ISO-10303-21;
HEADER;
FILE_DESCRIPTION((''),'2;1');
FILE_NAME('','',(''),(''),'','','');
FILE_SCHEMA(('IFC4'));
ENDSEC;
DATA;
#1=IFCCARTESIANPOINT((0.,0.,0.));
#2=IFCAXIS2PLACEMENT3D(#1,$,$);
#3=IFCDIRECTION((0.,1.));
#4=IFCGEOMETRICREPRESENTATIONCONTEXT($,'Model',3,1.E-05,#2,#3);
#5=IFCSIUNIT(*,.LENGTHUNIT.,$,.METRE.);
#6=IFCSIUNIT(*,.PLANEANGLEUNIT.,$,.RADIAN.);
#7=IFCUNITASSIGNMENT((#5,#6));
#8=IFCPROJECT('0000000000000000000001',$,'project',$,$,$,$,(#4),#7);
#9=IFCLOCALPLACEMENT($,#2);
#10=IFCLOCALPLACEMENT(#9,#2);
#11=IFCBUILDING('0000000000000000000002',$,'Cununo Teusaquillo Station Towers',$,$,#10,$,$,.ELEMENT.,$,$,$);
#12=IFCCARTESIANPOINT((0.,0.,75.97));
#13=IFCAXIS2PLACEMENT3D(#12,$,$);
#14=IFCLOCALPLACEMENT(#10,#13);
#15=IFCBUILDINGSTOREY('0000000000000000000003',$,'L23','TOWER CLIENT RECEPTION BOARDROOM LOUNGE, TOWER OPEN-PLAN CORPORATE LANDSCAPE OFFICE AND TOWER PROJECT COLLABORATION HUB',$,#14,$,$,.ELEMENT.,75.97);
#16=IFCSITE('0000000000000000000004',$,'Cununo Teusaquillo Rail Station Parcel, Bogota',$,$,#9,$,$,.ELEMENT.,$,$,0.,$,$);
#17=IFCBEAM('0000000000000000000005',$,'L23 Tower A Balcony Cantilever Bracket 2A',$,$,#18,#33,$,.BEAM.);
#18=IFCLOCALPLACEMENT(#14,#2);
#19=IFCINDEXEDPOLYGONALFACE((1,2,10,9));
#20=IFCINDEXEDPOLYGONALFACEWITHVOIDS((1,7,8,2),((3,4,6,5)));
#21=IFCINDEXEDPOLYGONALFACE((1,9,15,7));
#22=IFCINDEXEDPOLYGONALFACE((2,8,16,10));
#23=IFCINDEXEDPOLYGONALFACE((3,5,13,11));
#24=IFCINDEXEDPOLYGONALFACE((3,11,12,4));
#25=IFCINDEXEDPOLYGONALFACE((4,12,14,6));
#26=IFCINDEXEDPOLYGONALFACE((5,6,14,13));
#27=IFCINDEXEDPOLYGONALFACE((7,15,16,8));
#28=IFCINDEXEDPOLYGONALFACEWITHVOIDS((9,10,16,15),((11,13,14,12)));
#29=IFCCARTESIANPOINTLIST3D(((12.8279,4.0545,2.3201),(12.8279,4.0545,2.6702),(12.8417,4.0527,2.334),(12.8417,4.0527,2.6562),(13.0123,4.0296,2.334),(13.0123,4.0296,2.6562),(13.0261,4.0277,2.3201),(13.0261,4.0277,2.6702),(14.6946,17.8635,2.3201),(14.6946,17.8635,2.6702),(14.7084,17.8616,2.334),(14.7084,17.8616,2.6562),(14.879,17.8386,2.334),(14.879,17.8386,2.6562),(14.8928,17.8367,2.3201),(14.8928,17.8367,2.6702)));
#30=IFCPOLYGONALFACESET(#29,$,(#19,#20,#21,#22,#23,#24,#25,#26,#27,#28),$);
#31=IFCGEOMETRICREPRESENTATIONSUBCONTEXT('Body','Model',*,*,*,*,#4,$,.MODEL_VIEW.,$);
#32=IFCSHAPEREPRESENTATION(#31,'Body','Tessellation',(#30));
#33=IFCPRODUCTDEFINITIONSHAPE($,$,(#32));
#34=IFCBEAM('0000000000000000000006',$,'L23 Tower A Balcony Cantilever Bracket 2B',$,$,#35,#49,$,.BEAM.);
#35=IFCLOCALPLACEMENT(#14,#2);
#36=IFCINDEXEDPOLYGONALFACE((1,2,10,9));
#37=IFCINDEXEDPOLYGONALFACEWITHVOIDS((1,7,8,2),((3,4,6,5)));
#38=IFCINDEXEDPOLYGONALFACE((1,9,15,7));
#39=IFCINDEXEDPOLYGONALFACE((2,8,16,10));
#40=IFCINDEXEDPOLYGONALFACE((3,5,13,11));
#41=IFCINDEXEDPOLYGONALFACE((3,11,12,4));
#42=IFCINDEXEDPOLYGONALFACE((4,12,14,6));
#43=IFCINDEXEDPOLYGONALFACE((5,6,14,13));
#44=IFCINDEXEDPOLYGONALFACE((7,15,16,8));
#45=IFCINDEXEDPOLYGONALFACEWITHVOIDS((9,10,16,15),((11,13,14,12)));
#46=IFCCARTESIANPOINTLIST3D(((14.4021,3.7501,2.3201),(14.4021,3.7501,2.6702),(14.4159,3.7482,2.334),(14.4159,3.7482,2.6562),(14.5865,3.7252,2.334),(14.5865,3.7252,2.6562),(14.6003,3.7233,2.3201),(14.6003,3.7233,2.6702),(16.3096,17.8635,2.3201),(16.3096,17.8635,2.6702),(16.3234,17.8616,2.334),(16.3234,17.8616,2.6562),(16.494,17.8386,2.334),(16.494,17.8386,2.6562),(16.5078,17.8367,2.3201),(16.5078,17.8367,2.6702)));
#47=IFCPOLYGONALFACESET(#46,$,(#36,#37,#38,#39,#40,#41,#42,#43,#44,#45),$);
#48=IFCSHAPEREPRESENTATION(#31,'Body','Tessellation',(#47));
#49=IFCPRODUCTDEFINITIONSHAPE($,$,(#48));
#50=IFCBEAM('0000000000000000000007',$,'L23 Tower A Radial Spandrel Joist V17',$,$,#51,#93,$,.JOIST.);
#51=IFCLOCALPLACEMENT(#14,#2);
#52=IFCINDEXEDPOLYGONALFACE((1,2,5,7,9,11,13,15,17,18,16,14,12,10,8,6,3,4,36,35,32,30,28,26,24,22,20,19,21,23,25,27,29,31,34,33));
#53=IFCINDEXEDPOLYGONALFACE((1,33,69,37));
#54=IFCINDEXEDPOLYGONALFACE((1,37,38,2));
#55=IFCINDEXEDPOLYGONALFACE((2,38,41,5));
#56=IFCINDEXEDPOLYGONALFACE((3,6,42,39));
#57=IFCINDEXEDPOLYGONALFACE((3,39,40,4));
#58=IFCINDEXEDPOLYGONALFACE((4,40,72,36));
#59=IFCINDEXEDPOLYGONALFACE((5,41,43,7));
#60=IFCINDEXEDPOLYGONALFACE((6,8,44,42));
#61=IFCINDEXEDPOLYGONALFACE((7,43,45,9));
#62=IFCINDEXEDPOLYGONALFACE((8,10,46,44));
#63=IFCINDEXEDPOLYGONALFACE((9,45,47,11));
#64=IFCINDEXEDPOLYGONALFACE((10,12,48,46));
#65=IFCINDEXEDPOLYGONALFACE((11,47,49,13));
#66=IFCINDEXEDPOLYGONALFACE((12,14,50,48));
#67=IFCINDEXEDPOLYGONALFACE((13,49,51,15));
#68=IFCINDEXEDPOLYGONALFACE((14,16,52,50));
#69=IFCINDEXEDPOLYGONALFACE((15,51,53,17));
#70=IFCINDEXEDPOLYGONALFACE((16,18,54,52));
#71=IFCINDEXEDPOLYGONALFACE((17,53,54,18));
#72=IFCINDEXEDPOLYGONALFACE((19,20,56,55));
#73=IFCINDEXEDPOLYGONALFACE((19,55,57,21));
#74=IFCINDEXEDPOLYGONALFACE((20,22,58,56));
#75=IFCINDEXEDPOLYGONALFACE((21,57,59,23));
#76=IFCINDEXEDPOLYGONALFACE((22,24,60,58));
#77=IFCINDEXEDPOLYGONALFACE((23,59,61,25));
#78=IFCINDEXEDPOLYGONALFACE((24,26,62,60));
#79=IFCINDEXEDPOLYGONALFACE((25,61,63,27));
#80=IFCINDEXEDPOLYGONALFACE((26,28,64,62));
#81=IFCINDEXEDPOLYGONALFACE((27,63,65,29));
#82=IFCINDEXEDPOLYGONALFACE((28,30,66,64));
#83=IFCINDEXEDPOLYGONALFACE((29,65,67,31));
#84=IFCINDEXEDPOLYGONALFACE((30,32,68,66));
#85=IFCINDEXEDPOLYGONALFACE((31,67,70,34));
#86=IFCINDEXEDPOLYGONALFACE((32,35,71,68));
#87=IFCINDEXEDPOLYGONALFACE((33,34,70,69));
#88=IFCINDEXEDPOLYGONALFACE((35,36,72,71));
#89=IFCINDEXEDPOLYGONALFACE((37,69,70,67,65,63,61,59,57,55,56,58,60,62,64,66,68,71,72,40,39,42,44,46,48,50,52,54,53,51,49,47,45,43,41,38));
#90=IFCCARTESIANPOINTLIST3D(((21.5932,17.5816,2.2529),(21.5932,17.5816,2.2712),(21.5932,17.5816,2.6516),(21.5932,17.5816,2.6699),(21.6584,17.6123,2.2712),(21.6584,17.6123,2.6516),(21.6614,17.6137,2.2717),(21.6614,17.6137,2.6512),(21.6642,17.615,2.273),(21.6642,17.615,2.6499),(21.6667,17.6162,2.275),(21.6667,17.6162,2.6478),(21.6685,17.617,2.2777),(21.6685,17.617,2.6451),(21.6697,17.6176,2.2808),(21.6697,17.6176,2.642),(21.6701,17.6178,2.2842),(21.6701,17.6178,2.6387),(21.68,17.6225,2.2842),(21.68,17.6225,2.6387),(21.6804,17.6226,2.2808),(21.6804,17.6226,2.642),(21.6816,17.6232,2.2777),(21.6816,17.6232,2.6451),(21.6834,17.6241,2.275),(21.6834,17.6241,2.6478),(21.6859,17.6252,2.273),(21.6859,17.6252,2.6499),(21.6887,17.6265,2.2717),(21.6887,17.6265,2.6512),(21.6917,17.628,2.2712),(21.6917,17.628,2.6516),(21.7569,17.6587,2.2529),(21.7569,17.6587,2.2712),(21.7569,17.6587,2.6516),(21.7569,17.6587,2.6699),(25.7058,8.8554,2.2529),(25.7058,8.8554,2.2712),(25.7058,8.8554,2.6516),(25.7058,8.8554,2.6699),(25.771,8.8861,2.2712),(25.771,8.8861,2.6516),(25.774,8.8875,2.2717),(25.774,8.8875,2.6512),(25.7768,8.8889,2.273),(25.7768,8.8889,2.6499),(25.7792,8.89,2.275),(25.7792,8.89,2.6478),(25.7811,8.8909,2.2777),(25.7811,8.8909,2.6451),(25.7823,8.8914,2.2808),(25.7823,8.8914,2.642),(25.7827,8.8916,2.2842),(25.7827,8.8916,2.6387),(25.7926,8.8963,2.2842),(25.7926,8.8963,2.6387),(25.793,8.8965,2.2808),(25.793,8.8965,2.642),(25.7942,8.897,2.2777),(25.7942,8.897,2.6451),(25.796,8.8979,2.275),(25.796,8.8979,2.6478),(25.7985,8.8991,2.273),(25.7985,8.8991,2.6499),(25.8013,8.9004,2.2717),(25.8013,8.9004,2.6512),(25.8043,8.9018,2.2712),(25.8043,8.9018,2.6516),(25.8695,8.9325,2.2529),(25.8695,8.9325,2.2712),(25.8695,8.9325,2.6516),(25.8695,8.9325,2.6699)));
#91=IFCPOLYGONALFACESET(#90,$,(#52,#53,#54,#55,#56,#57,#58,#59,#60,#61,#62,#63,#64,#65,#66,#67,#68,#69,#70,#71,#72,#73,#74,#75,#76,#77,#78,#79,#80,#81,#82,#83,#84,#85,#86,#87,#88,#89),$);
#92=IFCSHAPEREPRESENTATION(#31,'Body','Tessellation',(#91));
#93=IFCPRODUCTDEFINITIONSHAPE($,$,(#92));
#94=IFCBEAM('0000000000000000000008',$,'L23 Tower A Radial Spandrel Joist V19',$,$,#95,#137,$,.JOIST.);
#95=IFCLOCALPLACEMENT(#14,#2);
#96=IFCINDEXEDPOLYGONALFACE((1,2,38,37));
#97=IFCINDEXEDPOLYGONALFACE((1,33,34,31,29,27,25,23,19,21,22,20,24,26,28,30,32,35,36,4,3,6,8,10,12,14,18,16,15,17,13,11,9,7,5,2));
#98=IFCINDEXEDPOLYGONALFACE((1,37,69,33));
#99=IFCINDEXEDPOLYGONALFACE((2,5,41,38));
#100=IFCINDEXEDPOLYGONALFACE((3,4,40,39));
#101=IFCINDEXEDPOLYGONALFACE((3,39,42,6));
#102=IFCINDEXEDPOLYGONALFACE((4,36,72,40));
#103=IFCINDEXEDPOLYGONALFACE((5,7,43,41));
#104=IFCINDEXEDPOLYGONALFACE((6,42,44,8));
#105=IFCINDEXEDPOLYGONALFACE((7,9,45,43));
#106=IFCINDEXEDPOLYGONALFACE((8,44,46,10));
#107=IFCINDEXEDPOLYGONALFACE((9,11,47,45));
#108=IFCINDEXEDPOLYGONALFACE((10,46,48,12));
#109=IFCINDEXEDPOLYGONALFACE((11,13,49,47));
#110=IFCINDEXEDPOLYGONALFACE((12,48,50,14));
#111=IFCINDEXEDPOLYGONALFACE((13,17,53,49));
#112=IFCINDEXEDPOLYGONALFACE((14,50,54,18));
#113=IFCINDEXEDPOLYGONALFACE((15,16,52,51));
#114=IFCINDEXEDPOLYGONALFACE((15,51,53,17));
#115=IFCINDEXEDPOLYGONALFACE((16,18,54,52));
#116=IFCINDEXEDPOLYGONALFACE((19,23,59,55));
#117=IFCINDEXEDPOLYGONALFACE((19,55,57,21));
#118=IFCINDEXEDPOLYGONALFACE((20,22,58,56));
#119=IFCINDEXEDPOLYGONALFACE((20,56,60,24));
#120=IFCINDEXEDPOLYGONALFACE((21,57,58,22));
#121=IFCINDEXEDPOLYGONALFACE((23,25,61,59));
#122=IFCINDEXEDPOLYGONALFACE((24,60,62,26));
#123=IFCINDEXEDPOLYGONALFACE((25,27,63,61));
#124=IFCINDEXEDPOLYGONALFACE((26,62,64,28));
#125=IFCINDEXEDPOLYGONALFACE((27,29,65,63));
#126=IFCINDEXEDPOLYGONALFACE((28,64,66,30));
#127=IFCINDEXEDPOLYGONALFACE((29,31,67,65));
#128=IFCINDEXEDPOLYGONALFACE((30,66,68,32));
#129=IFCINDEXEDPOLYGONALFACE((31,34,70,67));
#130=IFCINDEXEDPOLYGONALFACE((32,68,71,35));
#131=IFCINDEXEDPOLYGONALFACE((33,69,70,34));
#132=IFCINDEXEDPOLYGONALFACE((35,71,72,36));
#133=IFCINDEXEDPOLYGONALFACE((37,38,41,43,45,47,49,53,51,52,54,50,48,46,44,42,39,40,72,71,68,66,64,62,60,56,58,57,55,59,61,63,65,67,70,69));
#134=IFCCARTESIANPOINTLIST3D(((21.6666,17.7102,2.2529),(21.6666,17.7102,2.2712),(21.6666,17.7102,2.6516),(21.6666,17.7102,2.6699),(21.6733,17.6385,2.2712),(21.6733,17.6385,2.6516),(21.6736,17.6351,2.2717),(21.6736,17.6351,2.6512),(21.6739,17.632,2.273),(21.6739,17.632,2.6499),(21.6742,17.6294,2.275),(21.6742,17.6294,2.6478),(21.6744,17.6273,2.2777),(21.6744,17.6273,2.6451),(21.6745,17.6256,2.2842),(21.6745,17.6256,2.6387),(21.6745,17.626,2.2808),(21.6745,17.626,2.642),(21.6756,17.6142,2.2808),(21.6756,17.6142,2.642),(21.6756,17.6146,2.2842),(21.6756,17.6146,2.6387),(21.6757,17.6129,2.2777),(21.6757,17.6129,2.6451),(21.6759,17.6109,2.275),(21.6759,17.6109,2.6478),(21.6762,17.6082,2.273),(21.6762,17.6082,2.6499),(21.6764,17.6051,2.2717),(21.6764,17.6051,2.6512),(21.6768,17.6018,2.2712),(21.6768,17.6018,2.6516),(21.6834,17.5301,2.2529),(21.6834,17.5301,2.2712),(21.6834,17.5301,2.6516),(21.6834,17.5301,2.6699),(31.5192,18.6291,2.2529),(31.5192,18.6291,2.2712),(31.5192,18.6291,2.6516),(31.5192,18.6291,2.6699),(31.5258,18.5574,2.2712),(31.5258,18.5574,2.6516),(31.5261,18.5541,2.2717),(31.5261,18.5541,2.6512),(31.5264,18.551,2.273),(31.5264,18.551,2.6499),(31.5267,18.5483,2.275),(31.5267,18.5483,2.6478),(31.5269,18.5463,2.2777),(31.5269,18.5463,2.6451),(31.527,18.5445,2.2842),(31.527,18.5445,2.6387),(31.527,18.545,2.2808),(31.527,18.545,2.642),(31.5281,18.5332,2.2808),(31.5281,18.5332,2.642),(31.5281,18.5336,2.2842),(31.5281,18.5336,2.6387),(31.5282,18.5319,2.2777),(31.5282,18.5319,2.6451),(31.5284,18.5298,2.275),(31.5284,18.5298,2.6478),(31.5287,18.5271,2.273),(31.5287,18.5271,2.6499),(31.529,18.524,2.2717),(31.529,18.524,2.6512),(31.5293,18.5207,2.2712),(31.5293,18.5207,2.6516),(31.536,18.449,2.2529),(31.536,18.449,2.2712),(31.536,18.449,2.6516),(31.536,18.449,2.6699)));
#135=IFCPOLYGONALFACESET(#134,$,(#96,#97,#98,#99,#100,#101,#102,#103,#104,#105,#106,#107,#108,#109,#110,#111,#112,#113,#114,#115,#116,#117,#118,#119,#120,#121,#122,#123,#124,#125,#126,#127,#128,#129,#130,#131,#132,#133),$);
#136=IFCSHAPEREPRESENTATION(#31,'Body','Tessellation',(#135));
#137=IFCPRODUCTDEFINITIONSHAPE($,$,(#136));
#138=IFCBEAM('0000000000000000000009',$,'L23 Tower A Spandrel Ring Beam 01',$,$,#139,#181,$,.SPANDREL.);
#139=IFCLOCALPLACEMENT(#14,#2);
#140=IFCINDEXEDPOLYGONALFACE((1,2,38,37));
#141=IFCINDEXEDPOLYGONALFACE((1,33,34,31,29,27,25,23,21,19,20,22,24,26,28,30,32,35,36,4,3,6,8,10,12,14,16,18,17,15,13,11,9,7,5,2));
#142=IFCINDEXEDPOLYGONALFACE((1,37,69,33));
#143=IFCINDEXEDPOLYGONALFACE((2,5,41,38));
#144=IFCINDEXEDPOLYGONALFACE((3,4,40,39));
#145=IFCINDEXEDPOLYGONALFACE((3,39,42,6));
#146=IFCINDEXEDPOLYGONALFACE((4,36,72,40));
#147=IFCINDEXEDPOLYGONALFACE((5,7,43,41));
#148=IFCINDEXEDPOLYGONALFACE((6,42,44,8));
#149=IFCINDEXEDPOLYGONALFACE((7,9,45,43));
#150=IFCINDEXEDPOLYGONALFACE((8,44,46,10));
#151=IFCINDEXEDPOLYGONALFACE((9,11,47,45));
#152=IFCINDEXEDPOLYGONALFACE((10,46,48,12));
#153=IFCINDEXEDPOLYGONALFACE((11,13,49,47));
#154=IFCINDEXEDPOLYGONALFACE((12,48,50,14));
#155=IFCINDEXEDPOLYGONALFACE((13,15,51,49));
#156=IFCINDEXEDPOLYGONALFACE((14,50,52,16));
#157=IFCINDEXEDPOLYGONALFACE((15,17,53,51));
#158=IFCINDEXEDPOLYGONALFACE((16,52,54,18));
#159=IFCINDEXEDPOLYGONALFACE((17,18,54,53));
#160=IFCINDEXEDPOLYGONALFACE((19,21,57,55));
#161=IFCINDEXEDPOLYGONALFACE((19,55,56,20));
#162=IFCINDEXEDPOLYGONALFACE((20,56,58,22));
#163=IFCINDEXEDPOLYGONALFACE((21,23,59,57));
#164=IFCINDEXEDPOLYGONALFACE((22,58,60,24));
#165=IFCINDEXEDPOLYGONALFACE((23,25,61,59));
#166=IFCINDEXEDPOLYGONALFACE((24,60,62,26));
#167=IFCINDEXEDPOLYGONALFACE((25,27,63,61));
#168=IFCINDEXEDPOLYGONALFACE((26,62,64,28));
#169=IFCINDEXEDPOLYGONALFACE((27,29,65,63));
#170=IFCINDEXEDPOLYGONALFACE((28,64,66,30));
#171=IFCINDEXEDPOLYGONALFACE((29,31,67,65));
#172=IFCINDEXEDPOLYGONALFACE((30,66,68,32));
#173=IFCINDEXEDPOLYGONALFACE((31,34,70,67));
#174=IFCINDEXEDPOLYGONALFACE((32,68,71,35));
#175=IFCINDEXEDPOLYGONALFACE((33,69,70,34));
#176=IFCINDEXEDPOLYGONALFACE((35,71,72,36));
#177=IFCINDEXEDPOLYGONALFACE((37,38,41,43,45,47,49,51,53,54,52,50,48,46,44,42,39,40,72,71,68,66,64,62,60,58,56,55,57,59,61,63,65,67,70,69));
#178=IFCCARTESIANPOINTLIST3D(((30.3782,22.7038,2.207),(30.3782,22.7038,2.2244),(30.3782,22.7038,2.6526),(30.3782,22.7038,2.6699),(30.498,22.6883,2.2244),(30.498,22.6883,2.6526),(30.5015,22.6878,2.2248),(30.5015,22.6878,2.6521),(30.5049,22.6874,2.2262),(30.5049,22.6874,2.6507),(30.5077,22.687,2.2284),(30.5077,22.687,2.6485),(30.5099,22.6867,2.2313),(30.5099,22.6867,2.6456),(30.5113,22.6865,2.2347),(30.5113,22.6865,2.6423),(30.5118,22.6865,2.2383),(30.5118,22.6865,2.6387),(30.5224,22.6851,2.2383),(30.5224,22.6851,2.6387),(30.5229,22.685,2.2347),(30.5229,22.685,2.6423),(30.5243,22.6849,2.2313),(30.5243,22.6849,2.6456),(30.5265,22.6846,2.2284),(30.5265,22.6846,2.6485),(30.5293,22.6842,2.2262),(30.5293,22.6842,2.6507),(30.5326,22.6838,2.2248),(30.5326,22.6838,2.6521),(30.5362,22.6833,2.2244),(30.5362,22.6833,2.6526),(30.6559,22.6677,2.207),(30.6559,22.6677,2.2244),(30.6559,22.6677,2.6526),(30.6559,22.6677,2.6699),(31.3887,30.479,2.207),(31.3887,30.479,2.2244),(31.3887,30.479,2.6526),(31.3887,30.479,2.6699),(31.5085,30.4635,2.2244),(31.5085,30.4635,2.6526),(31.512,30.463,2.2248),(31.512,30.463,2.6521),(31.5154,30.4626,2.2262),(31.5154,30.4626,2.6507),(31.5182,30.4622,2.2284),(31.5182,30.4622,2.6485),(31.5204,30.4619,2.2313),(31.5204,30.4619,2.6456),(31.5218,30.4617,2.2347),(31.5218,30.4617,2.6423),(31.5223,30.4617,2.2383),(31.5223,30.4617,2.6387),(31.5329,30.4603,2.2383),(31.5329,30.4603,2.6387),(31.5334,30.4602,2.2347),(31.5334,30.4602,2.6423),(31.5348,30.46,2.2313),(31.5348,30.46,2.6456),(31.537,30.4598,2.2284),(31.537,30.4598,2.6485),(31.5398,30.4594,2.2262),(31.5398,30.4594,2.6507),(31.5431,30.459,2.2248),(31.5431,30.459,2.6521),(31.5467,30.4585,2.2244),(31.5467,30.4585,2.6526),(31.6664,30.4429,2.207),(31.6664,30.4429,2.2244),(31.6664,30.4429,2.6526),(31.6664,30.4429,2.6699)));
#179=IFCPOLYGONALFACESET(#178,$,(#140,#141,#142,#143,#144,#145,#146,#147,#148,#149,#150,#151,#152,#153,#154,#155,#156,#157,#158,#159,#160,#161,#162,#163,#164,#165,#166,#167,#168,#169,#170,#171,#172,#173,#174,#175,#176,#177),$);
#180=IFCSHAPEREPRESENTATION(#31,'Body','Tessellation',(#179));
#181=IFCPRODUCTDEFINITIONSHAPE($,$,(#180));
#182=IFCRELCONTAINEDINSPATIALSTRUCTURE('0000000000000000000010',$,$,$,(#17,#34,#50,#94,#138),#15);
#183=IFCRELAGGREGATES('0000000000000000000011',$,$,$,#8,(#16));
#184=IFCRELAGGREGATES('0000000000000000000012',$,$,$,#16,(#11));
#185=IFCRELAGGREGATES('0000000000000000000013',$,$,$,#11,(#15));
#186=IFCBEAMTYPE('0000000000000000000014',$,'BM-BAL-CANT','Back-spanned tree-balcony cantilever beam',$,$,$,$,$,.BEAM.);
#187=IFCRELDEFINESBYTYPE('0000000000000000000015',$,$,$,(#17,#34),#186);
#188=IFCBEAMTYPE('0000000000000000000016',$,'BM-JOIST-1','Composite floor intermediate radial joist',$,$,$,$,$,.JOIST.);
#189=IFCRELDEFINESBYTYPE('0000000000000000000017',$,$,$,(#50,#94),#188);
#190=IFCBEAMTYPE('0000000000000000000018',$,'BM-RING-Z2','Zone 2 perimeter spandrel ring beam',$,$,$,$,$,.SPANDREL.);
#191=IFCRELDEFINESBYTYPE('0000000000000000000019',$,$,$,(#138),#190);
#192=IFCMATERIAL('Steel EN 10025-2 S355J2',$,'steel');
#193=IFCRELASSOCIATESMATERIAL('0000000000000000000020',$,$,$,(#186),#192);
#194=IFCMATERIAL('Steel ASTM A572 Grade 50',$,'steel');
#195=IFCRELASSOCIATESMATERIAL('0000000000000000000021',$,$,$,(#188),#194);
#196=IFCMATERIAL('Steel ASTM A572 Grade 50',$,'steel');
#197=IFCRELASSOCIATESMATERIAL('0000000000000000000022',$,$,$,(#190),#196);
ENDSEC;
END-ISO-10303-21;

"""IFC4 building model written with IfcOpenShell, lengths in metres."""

from ifc_helpers import new_model, si_unit, direction, frame, origin, origin_2d, place, context, subcontext, project, spatial, hollow_rectangle, i_section, extrude, material, material_profile, profile_set, type_object, element, save


model = new_model("IFC4")

# Units and contexts
model_context = context("Model", 3, precision=1e-05, world=origin(), true_north=direction((0.0, 1.0)))
body_context = subcontext(model_context, "Body", "Model", "MODEL_VIEW")
ifc_project = project(units=[si_unit("LENGTHUNIT", "METRE"), si_unit("PLANEANGLEUNIT", "RADIAN")], contexts=[model_context])

# Site, building, storey
site_placement = place(None, origin())
site = spatial("IfcSite", under=ifc_project, at=site_placement, Name="Cununo Teusaquillo Rail Station Parcel, Bogota", CompositionType="ELEMENT", RefElevation=0.0)
building_placement = place(site_placement, origin())
building = spatial("IfcBuilding", under=site, at=building_placement, Name="Cununo Teusaquillo Station Towers", CompositionType="ELEMENT")
storey_placement = place(building_placement, frame((0.0, 0.0, 75.97)))
storey = spatial("IfcBuildingStorey", under=building, at=storey_placement, Name="L23", Description="TOWER CLIENT RECEPTION BOARDROOM LOUNGE, TOWER OPEN-PLAN CORPORATE LANDSCAPE OFFICE AND TOWER PROJECT COLLABORATION HUB", CompositionType="ELEMENT", Elevation=75.97)

# Beams
ifc_material_1 = material(Name="Steel EN 10025-2 S355J2", Category="steel")
ifc_material_profile_1 = material_profile(ifc_material_1, hollow_rectangle(XDim=0.2, YDim=0.3501, WallThickness=0.0139, at=origin_2d()), Name="RHS 350x200x14")
ifc_profile_set_1 = profile_set([ifc_material_profile_1], Name="Steel EN 10025-2 S355J2")
beam_type_1 = type_object("IfcBeamType", Name="BM-BAL-CANT", Description="Back-spanned tree-balcony cantilever beam", PredefinedType="BEAM", material=ifc_profile_set_1)
beam_1_placement = place(storey_placement, frame((14.7937, 17.8501, 2.4951), z_axis=(-0.133961, -0.990987, 0.0), x_axis=(0.990987, -0.133961, 0.0)))
element("IfcBeam", 1, at=beam_1_placement, inside=storey, type_object=beam_type_1, Name="L23 Tower A Balcony Cantilever Bracket 2A", PredefinedType="BEAM", context=body_context, shape_type="SweptSolid", body=[
    extrude(hollow_rectangle(XDim=0.2, YDim=0.3501, WallThickness=0.0139, at=origin_2d()), origin(), (0.0, 0.0, 1.0), 13.9346),
])
beam_2_placement = place(storey_placement, frame((16.4087, 17.8501, 2.4951), z_axis=(-0.133937, -0.99099, 0.0), x_axis=(0.99099, -0.133937, 0.0)))
element("IfcBeam", 2, at=beam_2_placement, inside=storey, type_object=beam_type_1, Name="L23 Tower A Balcony Cantilever Bracket 2B", PredefinedType="BEAM", context=body_context, shape_type="SweptSolid", body=[
    extrude(hollow_rectangle(XDim=0.2, YDim=0.3501, WallThickness=0.0139, at=origin_2d()), origin(), (0.0, 0.0, 1.0), 14.2417),
])
ifc_material_2 = material(Name="Steel ASTM A572 Grade 50", Category="steel")
ifc_material_profile_2 = material_profile(ifc_material_2, i_section(OverallWidth=0.1809, OverallDepth=0.417, WebThickness=0.011, FlangeThickness=0.0183, FilletRadius=0.0129, at=origin_2d()), Name="W16X57")
ifc_profile_set_2 = profile_set([ifc_material_profile_2], Name="Steel ASTM A572 Grade 50")
beam_type_2 = type_object("IfcBeamType", Name="BM-JOIST-1", Description="Composite floor intermediate radial joist", PredefinedType="JOIST", material=ifc_profile_set_2)
beam_3_placement = place(storey_placement, frame((21.675, 17.6201, 2.4614), z_axis=(0.42632, -0.904572, 0.0), x_axis=(0.904572, 0.42632, 0.0)))
element("IfcBeam", 3, at=beam_3_placement, inside=storey, type_object=beam_type_2, Name="L23 Tower A Radial Spandrel Joist V17", PredefinedType="JOIST", context=body_context, shape_type="SweptSolid", body=[
    extrude(i_section(OverallWidth=0.1809, OverallDepth=0.417, WebThickness=0.011, FlangeThickness=0.0183, FilletRadius=0.0129, at=origin_2d()), origin(), (0.0, 0.0, 1.0), 9.6467),
])
beam_4_placement = place(storey_placement, frame((21.675, 17.6201, 2.4614), z_axis=(0.995679, 0.092867, 0.0), x_axis=(-0.092867, 0.995679, 0.0)))
element("IfcBeam", 4, at=beam_4_placement, inside=storey, type_object=beam_type_2, Name="L23 Tower A Radial Spandrel Joist V19", PredefinedType="JOIST", context=body_context, shape_type="SweptSolid", body=[
    extrude(i_section(OverallWidth=0.1809, OverallDepth=0.417, WebThickness=0.011, FlangeThickness=0.0183, FilletRadius=0.0129, at=origin_2d()), origin(), (0.0, 0.0, 1.0), 9.8953),
])
ifc_material_3 = material(Name="Steel ASTM A572 Grade 50", Category="steel")
ifc_material_profile_3 = material_profile(ifc_material_3, i_section(OverallWidth=0.28, OverallDepth=0.4629, WebThickness=0.0107, FlangeThickness=0.0173, FilletRadius=0.0139, at=origin_2d()), Name="W18X76")
ifc_profile_set_3 = profile_set([ifc_material_profile_3], Name="Steel ASTM A572 Grade 50")
beam_type_3 = type_object("IfcBeamType", Name="BM-RING-Z2", Description="Zone 2 perimeter spandrel ring beam", PredefinedType="SPANDREL", material=ifc_profile_set_3)
beam_5_placement = place(storey_placement, frame((30.5171, 22.6858, 2.4385), z_axis=(0.128881, 0.99166, 0.0), x_axis=(-0.99166, 0.128881, 0.0)))
element("IfcBeam", 5, at=beam_5_placement, inside=storey, type_object=beam_type_3, Name="L23 Tower A Spandrel Ring Beam 01", PredefinedType="SPANDREL", context=body_context, shape_type="SweptSolid", body=[
    extrude(i_section(OverallWidth=0.28, OverallDepth=0.4629, WebThickness=0.0107, FlangeThickness=0.0173, FilletRadius=0.0139, at=origin_2d()), origin(), (0.0, 0.0, 1.0), 7.8406),
])

save(model, "model.ifc")
